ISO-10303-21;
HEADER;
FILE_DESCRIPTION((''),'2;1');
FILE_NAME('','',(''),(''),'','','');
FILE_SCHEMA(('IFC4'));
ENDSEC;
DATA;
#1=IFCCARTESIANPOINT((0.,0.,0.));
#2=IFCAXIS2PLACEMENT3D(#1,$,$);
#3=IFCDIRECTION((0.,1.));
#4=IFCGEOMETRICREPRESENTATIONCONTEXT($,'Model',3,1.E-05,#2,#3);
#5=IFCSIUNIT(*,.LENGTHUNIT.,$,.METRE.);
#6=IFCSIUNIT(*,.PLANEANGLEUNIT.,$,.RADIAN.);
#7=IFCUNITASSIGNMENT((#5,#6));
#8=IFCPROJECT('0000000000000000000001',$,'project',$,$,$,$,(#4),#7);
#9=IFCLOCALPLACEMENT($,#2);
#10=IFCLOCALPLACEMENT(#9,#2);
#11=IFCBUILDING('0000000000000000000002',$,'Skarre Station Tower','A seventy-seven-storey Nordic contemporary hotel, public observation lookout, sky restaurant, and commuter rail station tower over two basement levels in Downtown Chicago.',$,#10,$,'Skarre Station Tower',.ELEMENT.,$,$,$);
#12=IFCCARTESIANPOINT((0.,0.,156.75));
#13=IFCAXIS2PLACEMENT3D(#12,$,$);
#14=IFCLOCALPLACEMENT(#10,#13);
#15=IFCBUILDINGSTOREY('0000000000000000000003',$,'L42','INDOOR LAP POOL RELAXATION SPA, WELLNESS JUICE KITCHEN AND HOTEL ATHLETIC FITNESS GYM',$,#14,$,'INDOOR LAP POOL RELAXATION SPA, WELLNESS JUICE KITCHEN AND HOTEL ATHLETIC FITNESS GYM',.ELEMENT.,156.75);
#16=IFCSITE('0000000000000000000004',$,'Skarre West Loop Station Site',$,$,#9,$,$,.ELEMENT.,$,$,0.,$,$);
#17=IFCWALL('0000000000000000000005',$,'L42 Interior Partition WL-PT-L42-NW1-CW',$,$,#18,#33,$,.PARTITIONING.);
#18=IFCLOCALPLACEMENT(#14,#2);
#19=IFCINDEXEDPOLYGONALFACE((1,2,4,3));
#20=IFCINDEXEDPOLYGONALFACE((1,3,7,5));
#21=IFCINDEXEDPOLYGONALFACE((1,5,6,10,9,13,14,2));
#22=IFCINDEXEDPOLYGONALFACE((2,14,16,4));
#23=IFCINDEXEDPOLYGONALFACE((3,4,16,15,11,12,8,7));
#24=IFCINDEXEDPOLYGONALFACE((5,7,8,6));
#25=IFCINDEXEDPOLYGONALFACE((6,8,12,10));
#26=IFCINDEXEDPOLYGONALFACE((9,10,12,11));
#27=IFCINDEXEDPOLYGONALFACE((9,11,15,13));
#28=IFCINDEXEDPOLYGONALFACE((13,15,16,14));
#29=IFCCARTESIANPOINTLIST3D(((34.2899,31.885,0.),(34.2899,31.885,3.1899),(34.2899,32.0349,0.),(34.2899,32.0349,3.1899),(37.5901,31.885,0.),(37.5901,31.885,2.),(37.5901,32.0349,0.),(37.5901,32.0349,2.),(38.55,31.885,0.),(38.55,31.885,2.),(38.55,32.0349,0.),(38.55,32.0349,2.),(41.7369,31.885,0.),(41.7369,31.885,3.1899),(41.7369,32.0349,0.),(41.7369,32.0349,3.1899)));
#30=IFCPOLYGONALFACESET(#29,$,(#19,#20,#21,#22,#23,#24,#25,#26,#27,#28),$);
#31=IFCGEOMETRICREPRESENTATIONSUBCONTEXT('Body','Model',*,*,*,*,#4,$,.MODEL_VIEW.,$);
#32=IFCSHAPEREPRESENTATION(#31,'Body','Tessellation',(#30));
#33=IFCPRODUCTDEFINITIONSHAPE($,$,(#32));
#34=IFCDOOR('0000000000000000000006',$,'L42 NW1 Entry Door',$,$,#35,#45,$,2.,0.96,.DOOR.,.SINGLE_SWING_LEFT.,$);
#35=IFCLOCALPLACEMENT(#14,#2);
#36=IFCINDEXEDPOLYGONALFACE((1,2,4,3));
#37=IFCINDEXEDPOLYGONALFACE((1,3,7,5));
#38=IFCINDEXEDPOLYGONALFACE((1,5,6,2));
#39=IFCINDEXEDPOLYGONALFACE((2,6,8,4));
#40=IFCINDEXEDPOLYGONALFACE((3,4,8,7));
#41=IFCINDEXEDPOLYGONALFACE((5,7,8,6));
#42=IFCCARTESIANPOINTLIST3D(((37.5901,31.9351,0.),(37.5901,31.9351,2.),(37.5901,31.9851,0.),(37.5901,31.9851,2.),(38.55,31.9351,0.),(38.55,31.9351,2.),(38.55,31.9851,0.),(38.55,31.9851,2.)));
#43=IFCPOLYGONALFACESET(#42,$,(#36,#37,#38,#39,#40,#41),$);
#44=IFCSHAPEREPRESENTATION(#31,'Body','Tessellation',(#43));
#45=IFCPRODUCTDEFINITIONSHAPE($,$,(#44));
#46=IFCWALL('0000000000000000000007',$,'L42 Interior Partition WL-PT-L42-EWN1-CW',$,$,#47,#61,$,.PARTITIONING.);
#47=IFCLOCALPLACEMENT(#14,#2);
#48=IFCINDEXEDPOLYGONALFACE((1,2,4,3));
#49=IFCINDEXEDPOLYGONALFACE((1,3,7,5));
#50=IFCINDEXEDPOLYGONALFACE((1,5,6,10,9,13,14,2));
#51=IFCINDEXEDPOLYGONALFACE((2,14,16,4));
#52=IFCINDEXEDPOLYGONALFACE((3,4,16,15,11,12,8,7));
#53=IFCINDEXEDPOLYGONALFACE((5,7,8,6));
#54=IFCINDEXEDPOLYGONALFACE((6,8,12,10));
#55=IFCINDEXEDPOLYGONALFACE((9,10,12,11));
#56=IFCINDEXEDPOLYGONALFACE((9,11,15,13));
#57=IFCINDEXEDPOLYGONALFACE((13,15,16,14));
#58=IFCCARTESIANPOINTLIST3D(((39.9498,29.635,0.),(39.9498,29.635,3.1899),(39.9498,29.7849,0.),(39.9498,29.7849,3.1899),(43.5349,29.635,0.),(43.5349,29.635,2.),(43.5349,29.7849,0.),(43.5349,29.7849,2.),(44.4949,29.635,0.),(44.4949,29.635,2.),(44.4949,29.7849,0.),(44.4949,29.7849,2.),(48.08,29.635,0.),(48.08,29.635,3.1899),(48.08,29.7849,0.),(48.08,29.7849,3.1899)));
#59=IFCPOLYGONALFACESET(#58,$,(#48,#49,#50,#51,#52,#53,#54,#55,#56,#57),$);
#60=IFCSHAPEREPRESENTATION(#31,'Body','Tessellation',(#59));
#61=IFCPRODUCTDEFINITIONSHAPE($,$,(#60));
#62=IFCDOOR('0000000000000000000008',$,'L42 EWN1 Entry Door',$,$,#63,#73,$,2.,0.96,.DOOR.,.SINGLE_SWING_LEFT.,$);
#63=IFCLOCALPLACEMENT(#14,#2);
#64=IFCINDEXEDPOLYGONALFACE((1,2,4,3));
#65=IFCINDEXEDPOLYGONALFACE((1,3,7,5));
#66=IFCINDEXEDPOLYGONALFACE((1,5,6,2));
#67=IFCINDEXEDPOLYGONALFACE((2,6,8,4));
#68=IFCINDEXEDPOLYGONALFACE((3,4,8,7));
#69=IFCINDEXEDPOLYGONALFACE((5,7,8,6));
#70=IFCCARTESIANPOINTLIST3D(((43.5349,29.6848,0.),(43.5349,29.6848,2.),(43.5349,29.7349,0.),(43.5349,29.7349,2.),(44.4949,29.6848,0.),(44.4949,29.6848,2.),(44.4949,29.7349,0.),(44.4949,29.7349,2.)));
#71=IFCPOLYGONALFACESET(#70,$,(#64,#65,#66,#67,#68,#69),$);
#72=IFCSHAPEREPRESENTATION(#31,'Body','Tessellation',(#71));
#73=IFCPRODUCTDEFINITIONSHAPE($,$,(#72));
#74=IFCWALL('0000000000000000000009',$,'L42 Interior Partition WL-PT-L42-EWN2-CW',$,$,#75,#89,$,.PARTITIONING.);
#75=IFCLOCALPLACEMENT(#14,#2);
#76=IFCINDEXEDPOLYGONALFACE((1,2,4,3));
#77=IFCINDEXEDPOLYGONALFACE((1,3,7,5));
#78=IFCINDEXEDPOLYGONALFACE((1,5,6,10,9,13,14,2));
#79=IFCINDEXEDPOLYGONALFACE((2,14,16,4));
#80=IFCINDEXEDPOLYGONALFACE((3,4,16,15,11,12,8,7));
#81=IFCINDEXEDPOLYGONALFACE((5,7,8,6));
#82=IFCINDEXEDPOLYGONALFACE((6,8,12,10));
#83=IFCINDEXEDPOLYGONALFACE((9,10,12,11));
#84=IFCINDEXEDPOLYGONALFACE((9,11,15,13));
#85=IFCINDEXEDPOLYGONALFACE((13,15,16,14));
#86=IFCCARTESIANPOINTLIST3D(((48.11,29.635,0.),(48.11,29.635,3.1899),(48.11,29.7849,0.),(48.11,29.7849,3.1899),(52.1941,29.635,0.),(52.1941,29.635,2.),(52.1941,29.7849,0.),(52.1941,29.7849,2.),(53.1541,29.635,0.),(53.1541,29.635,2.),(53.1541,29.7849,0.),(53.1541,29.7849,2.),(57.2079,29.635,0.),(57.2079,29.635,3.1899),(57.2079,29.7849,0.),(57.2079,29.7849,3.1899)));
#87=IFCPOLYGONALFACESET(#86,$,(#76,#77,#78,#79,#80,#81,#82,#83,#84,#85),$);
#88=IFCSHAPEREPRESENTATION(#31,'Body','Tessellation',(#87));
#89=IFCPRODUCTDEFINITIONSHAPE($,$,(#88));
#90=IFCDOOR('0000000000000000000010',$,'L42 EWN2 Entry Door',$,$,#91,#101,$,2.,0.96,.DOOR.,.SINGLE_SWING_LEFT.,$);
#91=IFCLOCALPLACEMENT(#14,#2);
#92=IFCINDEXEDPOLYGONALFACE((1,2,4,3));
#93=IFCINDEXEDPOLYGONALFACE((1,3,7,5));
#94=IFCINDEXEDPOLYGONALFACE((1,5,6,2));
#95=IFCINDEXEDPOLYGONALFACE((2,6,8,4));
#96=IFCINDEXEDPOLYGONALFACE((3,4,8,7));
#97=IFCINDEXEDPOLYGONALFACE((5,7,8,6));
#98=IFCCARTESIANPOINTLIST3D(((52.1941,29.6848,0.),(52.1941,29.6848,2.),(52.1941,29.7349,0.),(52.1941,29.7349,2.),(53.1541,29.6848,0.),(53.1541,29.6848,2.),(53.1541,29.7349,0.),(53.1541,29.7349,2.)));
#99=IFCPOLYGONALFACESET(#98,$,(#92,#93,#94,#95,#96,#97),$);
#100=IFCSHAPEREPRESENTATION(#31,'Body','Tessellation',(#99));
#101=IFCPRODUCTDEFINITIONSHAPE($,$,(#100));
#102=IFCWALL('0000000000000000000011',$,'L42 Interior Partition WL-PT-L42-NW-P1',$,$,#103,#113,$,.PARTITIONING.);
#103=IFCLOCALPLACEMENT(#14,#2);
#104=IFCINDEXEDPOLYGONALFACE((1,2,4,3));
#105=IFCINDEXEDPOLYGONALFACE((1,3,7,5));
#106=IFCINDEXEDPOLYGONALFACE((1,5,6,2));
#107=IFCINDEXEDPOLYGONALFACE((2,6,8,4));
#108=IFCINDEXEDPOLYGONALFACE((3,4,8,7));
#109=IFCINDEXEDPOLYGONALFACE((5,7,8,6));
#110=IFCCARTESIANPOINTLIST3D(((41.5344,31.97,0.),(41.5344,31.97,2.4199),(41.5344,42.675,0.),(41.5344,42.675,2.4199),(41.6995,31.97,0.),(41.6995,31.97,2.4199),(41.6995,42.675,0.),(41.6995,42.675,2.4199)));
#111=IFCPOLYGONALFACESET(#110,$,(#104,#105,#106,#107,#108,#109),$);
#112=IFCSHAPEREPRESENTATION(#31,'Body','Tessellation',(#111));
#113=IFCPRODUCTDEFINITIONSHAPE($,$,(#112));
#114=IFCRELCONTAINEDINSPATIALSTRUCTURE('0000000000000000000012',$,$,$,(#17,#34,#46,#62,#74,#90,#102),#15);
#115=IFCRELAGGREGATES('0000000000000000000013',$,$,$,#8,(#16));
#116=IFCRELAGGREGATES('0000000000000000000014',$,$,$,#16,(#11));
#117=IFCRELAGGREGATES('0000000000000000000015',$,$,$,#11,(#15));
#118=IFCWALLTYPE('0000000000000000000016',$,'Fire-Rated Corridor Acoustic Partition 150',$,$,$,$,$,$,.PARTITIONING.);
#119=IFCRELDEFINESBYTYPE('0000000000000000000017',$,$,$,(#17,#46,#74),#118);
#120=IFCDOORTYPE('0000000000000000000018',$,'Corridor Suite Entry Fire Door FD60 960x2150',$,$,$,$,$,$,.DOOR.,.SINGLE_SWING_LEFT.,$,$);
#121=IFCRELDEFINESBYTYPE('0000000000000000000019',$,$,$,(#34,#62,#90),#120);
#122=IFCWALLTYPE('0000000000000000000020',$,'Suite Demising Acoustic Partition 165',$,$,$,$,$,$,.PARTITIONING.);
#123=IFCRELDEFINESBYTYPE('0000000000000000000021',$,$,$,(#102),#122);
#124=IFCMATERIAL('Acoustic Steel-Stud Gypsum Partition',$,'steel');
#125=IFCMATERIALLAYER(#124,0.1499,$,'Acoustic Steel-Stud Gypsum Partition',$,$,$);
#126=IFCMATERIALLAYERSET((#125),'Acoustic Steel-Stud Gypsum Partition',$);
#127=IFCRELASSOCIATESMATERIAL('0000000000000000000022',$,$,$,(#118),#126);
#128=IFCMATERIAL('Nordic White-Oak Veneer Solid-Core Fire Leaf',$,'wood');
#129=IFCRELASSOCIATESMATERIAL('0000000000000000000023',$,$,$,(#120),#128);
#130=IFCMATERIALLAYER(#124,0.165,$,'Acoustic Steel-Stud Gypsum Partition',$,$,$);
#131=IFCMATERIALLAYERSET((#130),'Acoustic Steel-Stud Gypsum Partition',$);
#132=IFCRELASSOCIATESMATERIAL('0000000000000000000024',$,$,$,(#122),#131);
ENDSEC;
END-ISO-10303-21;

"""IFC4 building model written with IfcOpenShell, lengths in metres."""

from ifc_helpers import new_model, si_unit, direction, frame, frame_2d, origin, place, context, subcontext, project, spatial, rectangle, extrude, material, layer, layer_set, type_object, element, fill, save


model = new_model("IFC4")

# Units and contexts
model_context = context("Model", 3, precision=1e-05, world=origin(), true_north=direction((0.0, 1.0)))
body_context = subcontext(model_context, "Body", "Model", "MODEL_VIEW")
ifc_project = project(units=[si_unit("LENGTHUNIT", "METRE"), si_unit("PLANEANGLEUNIT", "RADIAN")], contexts=[model_context])

# Site, building, storey
site_placement = place(None, origin())
site = spatial("IfcSite", under=ifc_project, at=site_placement, Name="Skarre West Loop Station Site", CompositionType="ELEMENT", RefElevation=0.0)
building_placement = place(site_placement, origin())
building = spatial("IfcBuilding", under=site, at=building_placement, Name="Skarre Station Tower", Description="A seventy-seven-storey Nordic contemporary hotel, public observation lookout, sky restaurant, and commuter rail station tower over two basement levels in Downtown Chicago.", LongName="Skarre Station Tower", CompositionType="ELEMENT")
storey_placement = place(building_placement, frame((0.0, 0.0, 156.75)))
storey = spatial("IfcBuildingStorey", under=building, at=storey_placement, Name="L42", Description="INDOOR LAP POOL RELAXATION SPA, WELLNESS JUICE KITCHEN AND HOTEL ATHLETIC FITNESS GYM", LongName="INDOOR LAP POOL RELAXATION SPA, WELLNESS JUICE KITCHEN AND HOTEL ATHLETIC FITNESS GYM", CompositionType="ELEMENT", Elevation=156.75)

# Shared definitions
ifc_material_1 = material(Name="Acoustic Steel-Stud Gypsum Partition", Category="steel")
ifc_layer_1 = layer(ifc_material_1, 0.1499, Name="Acoustic Steel-Stud Gypsum Partition")
ifc_layer_set_1 = layer_set([ifc_layer_1], Name="Acoustic Steel-Stud Gypsum Partition")
wall_type_1 = type_object("IfcWallType", Name="Fire-Rated Corridor Acoustic Partition 150", PredefinedType="PARTITIONING", material=ifc_layer_set_1)

# Walls, openings, doors
wall_1_placement = place(storey_placement, frame((41.7371, 31.96, 0.0), z_axis=(0.0, 0.0, 1.0), x_axis=(-1.0, 0.0, 0.0)))
wall_1 = element("IfcWall", 1, at=wall_1_placement, inside=storey, type_object=wall_type_1, Name="L42 Interior Partition WL-PT-L42-NW1-CW", PredefinedType="PARTITIONING", context=body_context, shape_type="SweptSolid", body=[
    extrude(rectangle(XDim=7.447, YDim=0.1499, at=frame_2d((3.7236, 0.0))), origin(), (0.0, 0.0, 1.0), 3.1899),
])
opening_1_placement = place(wall_1_placement, frame((3.187, 0.0, 0.0)))
opening_1 = element("IfcOpeningElement", 2, at=opening_1_placement, cuts=wall_1, PredefinedType="OPENING", context=body_context, shape_type="SweptSolid", body=[
    extrude(rectangle(XDim=0.96, YDim=2.0, at=frame_2d((0.48, 1.0))), frame((0.0, 0.085, 0.0), z_axis=(0.0, -1.0, 0.0), x_axis=(1.0, 0.0, 0.0)), (0.0, 0.0, 1.0), 0.1699),
])
ifc_material_2 = material(Name="Nordic White-Oak Veneer Solid-Core Fire Leaf", Category="wood")
door_type = type_object("IfcDoorType", Name="Corridor Suite Entry Fire Door FD60 960x2150", OperationType="SINGLE_SWING_LEFT", PredefinedType="DOOR", material=ifc_material_2)
door_1_placement = place(opening_1_placement, origin())
door_1 = element("IfcDoor", 3, at=door_1_placement, inside=storey, type_object=door_type, Name="L42 NW1 Entry Door", OperationType="SINGLE_SWING_LEFT", OverallHeight=2.0, OverallWidth=0.96, PredefinedType="DOOR", context=body_context, shape_type="SweptSolid", body=[
    extrude(rectangle(XDim=0.96, YDim=2.0, at=frame_2d((0.48, 1.0))), frame((0.0, 0.0249, 0.0), z_axis=(0.0, -1.0, 0.0), x_axis=(1.0, 0.0, 0.0)), (0.0, 0.0, 1.0), 0.05),
])
fill(opening_1, door_1)
wall_2_placement = place(storey_placement, frame((39.95, 29.71, 0.0), z_axis=(0.0, 0.0, 1.0), x_axis=(1.0, 0.0, 0.0)))
wall_2 = element("IfcWall", 4, at=wall_2_placement, inside=storey, type_object=wall_type_1, Name="L42 Interior Partition WL-PT-L42-EWN1-CW", PredefinedType="PARTITIONING", context=body_context, shape_type="SweptSolid", body=[
    extrude(rectangle(XDim=8.1301, YDim=0.1499, at=frame_2d((4.0649, 0.0))), origin(), (0.0, 0.0, 1.0), 3.1899),
])
opening_2_placement = place(wall_2_placement, frame((3.585, 0.0, 0.0)))
opening_2 = element("IfcOpeningElement", 5, at=opening_2_placement, cuts=wall_2, PredefinedType="OPENING", context=body_context, shape_type="SweptSolid", body=[
    extrude(rectangle(XDim=0.96, YDim=2.0, at=frame_2d((0.48, 1.0))), frame((0.0, 0.085, 0.0), z_axis=(0.0, -1.0, 0.0), x_axis=(1.0, 0.0, 0.0)), (0.0, 0.0, 1.0), 0.1699),
])
door_2_placement = place(opening_2_placement, origin())
door_2 = element("IfcDoor", 6, at=door_2_placement, inside=storey, type_object=door_type, Name="L42 EWN1 Entry Door", OperationType="SINGLE_SWING_LEFT", OverallHeight=2.0, OverallWidth=0.96, PredefinedType="DOOR", context=body_context, shape_type="SweptSolid", body=[
    extrude(rectangle(XDim=0.96, YDim=2.0, at=frame_2d((0.48, 1.0))), frame((0.0, 0.0249, 0.0), z_axis=(0.0, -1.0, 0.0), x_axis=(1.0, 0.0, 0.0)), (0.0, 0.0, 1.0), 0.05),
])
fill(opening_2, door_2)
wall_3_placement = place(storey_placement, frame((48.1101, 29.71, 0.0), z_axis=(0.0, 0.0, 1.0), x_axis=(1.0, 0.0, 0.0)))
wall_3 = element("IfcWall", 7, at=wall_3_placement, inside=storey, type_object=wall_type_1, Name="L42 Interior Partition WL-PT-L42-EWN2-CW", PredefinedType="PARTITIONING", context=body_context, shape_type="SweptSolid", body=[
    extrude(rectangle(XDim=9.0979, YDim=0.1499, at=frame_2d((4.5488, 0.0))), origin(), (0.0, 0.0, 1.0), 3.1899),
])
opening_3_placement = place(wall_3_placement, frame((4.084, 0.0, 0.0)))
opening_3 = element("IfcOpeningElement", 8, at=opening_3_placement, cuts=wall_3, PredefinedType="OPENING", context=body_context, shape_type="SweptSolid", body=[
    extrude(rectangle(XDim=0.96, YDim=2.0, at=frame_2d((0.48, 1.0))), frame((0.0, 0.085, 0.0), z_axis=(0.0, -1.0, 0.0), x_axis=(1.0, 0.0, 0.0)), (0.0, 0.0, 1.0), 0.1699),
])
door_3_placement = place(opening_3_placement, origin())
door_3 = element("IfcDoor", 9, at=door_3_placement, inside=storey, type_object=door_type, Name="L42 EWN2 Entry Door", OperationType="SINGLE_SWING_LEFT", OverallHeight=2.0, OverallWidth=0.96, PredefinedType="DOOR", context=body_context, shape_type="SweptSolid", body=[
    extrude(rectangle(XDim=0.96, YDim=2.0, at=frame_2d((0.48, 1.0))), frame((0.0, 0.0249, 0.0), z_axis=(0.0, -1.0, 0.0), x_axis=(1.0, 0.0, 0.0)), (0.0, 0.0, 1.0), 0.05),
])
fill(opening_3, door_3)

# Wall
ifc_layer_2 = layer(ifc_material_1, 0.165, Name="Acoustic Steel-Stud Gypsum Partition")
ifc_layer_set_2 = layer_set([ifc_layer_2], Name="Acoustic Steel-Stud Gypsum Partition")
wall_type_2 = type_object("IfcWallType", Name="Suite Demising Acoustic Partition 165", PredefinedType="PARTITIONING", material=ifc_layer_set_2)
wall_4_placement = place(storey_placement, frame((41.6169, 31.97, 0.0), z_axis=(0.0, 0.0, 1.0), x_axis=(0.0, 1.0, 0.0)))
element("IfcWall", 10, at=wall_4_placement, inside=storey, type_object=wall_type_2, Name="L42 Interior Partition WL-PT-L42-NW-P1", PredefinedType="PARTITIONING", context=body_context, shape_type="SweptSolid", body=[
    extrude(rectangle(XDim=10.7051, YDim=0.165, at=frame_2d((5.3525, 0.0))), origin(), (0.0, 0.0, 1.0), 2.4199),
])

save(model, "model.ifc")
